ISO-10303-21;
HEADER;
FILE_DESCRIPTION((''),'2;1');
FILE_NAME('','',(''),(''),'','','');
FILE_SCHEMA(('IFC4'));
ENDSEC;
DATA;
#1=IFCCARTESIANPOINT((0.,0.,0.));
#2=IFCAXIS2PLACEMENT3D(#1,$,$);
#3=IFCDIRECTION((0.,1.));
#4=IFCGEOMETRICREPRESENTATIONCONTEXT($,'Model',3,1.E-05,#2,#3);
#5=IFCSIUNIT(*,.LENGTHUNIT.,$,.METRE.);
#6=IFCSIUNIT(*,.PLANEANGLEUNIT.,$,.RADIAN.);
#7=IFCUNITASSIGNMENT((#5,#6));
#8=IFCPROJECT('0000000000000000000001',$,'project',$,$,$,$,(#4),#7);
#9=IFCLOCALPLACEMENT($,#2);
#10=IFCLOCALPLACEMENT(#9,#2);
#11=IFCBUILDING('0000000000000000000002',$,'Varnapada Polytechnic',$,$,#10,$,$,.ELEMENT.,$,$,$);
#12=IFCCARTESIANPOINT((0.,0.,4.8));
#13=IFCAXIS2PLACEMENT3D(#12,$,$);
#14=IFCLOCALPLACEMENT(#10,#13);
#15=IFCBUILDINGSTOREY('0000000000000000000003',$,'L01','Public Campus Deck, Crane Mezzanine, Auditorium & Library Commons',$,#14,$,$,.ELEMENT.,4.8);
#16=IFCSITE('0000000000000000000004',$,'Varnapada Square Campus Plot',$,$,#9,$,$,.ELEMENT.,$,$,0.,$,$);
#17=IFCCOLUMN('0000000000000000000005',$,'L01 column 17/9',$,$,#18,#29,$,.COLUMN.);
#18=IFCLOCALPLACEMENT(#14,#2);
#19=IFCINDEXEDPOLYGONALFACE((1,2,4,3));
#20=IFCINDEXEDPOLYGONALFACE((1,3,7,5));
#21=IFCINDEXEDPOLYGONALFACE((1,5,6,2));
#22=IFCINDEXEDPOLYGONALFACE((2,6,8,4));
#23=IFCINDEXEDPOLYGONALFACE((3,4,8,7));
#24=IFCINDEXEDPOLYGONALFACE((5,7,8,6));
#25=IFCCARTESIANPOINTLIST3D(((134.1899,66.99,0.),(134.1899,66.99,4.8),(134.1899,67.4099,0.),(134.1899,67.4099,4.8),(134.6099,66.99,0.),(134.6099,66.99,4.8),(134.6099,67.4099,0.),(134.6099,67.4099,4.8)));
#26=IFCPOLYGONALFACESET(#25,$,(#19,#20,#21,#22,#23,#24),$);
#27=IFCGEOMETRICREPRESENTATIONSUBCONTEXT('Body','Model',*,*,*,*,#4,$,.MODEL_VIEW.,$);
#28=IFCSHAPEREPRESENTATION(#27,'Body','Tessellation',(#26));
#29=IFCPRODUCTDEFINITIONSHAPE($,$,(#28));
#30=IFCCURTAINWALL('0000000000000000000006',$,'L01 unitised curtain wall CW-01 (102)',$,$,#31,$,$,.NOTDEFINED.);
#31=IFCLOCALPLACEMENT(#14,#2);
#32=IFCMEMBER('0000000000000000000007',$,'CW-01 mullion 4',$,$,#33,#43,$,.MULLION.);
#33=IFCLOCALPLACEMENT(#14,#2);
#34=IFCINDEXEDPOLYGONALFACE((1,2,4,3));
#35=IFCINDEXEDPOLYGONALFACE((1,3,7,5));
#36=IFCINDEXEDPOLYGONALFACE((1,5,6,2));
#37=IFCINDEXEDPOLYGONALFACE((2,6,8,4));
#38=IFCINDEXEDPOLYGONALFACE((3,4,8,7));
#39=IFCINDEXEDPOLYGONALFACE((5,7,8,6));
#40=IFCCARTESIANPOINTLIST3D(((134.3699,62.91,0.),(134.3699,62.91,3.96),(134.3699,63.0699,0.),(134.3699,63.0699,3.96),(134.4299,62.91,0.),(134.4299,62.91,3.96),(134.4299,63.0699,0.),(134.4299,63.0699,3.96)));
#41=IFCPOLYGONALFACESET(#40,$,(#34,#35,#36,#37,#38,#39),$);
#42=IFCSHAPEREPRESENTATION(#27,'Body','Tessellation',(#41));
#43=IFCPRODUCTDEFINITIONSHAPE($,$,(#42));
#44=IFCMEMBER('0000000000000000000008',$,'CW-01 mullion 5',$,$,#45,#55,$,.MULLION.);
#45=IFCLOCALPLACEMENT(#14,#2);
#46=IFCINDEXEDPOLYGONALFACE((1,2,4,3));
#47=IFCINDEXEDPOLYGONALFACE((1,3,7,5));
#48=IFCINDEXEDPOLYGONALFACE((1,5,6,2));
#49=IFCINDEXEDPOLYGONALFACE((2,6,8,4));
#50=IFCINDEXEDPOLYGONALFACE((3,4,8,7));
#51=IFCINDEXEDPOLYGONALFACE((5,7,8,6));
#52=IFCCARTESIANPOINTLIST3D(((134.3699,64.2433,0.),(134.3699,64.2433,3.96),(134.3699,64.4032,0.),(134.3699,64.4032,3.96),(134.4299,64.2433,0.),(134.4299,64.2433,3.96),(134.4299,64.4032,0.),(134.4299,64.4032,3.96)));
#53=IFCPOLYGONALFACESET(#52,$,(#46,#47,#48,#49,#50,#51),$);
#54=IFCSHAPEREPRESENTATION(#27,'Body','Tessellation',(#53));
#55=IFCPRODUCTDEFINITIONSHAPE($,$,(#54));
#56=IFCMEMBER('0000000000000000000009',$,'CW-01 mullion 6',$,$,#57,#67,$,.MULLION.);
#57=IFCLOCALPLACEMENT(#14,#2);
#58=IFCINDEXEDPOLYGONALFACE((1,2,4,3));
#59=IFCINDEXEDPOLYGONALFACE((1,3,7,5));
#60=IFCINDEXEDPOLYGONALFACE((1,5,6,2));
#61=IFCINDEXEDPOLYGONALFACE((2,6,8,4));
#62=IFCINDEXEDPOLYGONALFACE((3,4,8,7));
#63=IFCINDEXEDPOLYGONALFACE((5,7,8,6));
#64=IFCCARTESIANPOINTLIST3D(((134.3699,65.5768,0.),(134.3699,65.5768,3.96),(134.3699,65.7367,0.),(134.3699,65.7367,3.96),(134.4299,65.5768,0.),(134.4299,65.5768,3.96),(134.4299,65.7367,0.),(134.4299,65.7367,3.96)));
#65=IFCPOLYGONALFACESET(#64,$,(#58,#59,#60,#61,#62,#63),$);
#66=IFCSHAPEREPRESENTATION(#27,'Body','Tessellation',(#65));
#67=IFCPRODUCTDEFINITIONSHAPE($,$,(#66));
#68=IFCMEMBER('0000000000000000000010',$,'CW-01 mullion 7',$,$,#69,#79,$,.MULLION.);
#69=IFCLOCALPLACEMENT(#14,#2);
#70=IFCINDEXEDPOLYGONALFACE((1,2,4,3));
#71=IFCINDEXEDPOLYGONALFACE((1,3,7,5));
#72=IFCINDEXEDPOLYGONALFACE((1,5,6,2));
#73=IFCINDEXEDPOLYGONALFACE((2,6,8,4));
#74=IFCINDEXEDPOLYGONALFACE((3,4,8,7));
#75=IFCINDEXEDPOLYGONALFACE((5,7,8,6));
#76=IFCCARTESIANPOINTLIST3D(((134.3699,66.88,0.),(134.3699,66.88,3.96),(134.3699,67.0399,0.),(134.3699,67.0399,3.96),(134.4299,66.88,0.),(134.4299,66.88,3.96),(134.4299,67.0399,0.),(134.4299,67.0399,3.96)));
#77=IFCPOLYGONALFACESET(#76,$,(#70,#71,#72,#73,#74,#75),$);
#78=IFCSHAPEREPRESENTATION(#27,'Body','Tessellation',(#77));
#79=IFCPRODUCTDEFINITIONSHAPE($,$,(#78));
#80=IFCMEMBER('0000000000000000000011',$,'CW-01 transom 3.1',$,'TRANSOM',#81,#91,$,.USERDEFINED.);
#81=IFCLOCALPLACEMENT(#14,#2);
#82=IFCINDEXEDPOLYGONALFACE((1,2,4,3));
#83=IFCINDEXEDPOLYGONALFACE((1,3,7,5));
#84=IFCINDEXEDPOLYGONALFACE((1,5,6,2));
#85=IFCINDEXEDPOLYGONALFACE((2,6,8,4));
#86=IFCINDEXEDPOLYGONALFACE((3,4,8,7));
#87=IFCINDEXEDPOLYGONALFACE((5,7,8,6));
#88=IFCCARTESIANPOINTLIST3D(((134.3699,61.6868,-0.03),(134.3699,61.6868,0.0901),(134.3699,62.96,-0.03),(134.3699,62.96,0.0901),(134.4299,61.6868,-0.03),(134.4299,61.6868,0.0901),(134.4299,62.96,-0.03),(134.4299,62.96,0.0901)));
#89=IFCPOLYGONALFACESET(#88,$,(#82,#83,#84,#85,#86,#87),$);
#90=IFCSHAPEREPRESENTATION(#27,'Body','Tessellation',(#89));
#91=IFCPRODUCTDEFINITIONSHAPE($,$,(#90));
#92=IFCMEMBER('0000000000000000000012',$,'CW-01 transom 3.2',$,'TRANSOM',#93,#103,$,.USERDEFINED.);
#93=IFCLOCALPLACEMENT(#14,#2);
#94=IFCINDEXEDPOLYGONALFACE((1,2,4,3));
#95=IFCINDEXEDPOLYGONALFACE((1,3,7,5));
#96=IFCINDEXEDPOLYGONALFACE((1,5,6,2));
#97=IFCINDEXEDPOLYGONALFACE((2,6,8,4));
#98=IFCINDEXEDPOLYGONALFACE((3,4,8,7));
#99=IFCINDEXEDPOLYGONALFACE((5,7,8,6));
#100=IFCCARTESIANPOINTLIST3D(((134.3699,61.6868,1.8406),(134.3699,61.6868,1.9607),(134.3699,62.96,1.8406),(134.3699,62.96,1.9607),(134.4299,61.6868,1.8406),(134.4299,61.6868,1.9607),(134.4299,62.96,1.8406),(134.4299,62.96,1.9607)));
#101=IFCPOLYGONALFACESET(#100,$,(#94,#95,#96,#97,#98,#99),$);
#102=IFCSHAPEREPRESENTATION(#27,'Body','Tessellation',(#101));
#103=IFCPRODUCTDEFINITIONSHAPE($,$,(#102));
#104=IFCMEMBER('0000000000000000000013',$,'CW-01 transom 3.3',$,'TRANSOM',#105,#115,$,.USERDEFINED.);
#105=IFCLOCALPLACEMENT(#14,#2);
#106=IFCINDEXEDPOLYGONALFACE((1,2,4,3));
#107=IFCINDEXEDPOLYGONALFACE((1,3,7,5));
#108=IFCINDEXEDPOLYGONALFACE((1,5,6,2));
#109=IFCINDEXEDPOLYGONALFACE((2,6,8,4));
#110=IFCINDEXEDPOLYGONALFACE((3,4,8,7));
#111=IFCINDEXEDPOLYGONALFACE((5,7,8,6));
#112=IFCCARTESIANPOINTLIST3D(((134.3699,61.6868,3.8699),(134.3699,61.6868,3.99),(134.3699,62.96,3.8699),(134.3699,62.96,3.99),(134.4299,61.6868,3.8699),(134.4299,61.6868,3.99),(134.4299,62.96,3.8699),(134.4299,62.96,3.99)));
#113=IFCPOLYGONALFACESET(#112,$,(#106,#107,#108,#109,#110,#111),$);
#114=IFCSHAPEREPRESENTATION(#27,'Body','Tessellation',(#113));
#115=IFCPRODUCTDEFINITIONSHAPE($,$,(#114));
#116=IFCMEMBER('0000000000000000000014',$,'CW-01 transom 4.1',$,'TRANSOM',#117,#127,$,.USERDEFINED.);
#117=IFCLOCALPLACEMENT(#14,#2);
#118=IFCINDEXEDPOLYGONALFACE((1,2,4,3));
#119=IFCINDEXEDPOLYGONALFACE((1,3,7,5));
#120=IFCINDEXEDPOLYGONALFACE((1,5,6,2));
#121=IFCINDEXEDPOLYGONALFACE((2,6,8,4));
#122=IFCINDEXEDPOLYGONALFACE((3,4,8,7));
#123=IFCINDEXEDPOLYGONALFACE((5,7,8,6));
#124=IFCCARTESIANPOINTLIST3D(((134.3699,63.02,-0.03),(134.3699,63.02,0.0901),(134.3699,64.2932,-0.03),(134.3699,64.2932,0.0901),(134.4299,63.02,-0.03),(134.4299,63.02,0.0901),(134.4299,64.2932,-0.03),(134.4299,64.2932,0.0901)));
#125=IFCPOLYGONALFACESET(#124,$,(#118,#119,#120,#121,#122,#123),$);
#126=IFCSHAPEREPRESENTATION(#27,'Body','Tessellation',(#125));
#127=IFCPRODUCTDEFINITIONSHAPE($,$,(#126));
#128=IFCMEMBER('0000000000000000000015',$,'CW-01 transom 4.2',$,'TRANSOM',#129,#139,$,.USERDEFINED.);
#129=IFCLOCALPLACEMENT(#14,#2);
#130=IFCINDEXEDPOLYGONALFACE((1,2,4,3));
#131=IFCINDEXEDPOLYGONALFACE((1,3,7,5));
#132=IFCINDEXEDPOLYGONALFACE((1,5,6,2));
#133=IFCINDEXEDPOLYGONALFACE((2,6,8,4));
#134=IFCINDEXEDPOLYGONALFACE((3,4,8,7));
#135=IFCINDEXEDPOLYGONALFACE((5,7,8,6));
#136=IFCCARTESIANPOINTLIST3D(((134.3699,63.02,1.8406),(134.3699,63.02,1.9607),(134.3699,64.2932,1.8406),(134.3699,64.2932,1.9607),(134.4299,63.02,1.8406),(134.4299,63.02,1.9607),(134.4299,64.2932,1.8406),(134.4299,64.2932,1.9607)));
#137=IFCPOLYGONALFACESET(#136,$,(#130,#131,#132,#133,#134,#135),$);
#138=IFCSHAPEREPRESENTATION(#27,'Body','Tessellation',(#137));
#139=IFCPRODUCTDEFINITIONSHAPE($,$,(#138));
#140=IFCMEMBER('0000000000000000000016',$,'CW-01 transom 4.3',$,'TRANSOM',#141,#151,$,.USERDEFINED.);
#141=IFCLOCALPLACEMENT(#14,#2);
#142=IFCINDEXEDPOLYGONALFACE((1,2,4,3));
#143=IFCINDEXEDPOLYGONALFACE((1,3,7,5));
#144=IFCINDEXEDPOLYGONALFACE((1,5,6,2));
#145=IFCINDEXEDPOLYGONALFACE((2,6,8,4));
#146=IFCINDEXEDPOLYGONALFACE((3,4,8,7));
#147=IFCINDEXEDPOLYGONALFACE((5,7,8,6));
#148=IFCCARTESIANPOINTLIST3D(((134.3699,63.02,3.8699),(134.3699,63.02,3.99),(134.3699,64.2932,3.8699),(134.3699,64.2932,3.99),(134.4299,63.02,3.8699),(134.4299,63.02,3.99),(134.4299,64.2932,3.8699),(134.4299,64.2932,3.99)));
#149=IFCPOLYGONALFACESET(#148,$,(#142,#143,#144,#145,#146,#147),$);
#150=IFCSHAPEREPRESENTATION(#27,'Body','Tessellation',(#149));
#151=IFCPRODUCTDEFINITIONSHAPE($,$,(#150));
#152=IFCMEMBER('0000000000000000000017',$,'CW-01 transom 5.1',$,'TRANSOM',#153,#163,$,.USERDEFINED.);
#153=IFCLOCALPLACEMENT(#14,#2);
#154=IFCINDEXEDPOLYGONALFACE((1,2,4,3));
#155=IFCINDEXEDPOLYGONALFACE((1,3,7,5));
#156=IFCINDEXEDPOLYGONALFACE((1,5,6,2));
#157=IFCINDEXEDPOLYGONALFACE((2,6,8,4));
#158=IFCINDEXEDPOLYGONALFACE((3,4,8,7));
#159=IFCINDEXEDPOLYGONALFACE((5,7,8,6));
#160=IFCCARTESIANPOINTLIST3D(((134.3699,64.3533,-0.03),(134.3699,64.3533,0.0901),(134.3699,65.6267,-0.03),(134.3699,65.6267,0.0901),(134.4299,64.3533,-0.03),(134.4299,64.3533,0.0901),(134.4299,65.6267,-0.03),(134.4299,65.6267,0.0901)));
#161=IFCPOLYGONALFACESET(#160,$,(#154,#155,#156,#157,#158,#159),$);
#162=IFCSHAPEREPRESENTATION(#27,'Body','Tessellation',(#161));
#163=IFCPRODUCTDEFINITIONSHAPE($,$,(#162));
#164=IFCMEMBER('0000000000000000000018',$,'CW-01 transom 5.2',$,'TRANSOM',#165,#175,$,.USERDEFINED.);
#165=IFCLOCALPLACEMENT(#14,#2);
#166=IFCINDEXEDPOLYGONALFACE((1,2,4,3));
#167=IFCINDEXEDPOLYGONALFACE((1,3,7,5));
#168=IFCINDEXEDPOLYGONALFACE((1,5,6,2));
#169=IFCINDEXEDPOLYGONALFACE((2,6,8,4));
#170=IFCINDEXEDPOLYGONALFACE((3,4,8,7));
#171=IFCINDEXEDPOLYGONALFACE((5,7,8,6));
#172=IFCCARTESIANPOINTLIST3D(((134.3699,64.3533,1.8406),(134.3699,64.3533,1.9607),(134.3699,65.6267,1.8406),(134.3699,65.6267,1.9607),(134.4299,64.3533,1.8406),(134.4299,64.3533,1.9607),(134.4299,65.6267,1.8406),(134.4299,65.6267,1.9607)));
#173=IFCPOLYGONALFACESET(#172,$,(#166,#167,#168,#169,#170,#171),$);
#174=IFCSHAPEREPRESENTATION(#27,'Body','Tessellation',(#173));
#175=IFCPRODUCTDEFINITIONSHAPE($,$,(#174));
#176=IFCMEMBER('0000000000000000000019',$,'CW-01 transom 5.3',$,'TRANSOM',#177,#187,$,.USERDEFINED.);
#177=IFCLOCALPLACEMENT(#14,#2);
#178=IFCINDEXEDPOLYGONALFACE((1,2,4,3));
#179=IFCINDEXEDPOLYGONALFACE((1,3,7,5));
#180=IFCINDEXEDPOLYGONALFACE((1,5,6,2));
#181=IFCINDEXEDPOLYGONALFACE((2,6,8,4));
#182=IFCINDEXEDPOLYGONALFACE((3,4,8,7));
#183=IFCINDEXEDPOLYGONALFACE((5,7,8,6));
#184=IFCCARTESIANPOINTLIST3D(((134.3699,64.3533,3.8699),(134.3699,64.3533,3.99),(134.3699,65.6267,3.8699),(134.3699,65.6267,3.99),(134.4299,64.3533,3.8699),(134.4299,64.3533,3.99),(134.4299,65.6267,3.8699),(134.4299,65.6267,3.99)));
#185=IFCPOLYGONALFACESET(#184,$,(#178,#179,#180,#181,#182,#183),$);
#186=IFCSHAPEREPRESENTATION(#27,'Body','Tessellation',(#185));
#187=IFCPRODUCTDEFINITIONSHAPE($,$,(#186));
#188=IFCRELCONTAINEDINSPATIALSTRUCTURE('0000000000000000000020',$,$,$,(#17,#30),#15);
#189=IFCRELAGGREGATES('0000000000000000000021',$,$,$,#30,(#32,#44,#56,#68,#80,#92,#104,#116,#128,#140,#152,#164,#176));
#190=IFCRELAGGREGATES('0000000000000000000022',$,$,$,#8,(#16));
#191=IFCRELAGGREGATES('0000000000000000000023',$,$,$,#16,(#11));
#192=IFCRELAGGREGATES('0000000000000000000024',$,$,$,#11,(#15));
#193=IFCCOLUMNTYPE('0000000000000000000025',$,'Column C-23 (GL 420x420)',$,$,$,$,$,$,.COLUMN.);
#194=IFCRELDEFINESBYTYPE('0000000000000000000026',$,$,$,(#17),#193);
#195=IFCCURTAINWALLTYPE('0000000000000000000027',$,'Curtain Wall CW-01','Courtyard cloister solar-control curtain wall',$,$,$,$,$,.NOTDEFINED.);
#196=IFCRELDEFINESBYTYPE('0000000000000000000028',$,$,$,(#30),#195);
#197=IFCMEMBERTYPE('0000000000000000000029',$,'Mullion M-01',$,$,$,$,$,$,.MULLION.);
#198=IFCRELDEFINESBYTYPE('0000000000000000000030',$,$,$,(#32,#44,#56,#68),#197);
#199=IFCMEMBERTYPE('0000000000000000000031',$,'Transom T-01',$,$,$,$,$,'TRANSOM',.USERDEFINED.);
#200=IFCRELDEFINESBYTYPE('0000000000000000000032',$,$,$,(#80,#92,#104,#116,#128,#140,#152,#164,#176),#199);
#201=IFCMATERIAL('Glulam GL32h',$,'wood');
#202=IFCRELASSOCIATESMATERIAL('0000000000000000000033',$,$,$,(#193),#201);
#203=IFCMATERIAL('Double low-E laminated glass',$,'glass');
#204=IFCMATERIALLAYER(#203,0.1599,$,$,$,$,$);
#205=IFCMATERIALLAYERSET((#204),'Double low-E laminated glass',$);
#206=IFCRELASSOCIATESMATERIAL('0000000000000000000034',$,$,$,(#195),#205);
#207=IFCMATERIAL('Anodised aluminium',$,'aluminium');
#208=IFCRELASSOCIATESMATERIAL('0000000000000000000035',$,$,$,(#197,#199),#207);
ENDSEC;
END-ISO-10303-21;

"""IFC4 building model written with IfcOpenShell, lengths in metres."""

from ifc_helpers import new_model, si_unit, direction, frame, origin, origin_2d, place, context, subcontext, project, spatial, rectangle, extrude, material, layer, layer_set, material_profile, profile_set, type_object, element, aggregate, save


model = new_model("IFC4")

# Units and contexts
model_context = context("Model", 3, precision=1e-05, world=origin(), true_north=direction((0.0, 1.0)))
body_context = subcontext(model_context, "Body", "Model", "MODEL_VIEW")
ifc_project = project(units=[si_unit("LENGTHUNIT", "METRE"), si_unit("PLANEANGLEUNIT", "RADIAN")], contexts=[model_context])

# Site, building, storey
site_placement = place(None, origin())
site = spatial("IfcSite", under=ifc_project, at=site_placement, Name="Varnapada Square Campus Plot", CompositionType="ELEMENT", RefElevation=0.0)
building_placement = place(site_placement, origin())
building = spatial("IfcBuilding", under=site, at=building_placement, Name="Varnapada Polytechnic", CompositionType="ELEMENT")
storey_placement = place(building_placement, frame((0.0, 0.0, 4.8)))
storey = spatial("IfcBuildingStorey", under=building, at=storey_placement, Name="L01", Description="Public Campus Deck, Crane Mezzanine, Auditorium & Library Commons", CompositionType="ELEMENT", Elevation=4.8)

# Column
ifc_material_1 = material(Name="Glulam GL32h", Category="wood")
ifc_material_profile_1 = material_profile(ifc_material_1, rectangle(XDim=0.4199, YDim=0.4199, at=origin_2d()), Name="GL 420x420")
ifc_profile_set_1 = profile_set([ifc_material_profile_1], Name="Glulam GL32h")
column_type = type_object("IfcColumnType", Name="Column C-23 (GL 420x420)", PredefinedType="COLUMN", material=ifc_profile_set_1)
column_placement = place(storey_placement, frame((134.3999, 67.2, 0.0), z_axis=(0.0, 0.0, 1.0), x_axis=(1.0, 0.0, 0.0)))
element("IfcColumn", 1, at=column_placement, inside=storey, type_object=column_type, Name="L01 column 17/9", PredefinedType="COLUMN", context=body_context, shape_type="SweptSolid", body=[
    extrude(rectangle(XDim=0.4199, YDim=0.4199, at=origin_2d()), origin(), (0.0, 0.0, 1.0), 4.8),
])

# Curtain wall, members
ifc_material_2 = material(Name="Double low-E laminated glass", Category="glass")
ifc_layer_1 = layer(ifc_material_2, 0.1599)
ifc_layer_set_1 = layer_set([ifc_layer_1], Name="Double low-E laminated glass")
curtain_wall_type = type_object("IfcCurtainWallType", Name="Curtain Wall CW-01", Description="Courtyard cloister solar-control curtain wall", PredefinedType="NOTDEFINED", material=ifc_layer_set_1)
curtain_wall_placement = place(storey_placement, origin())
curtain_wall = element("IfcCurtainWall", 2, at=curtain_wall_placement, inside=storey, type_object=curtain_wall_type, Name="L01 unitised curtain wall CW-01 (102)", PredefinedType="NOTDEFINED")
ifc_material_3 = material(Name="Anodised aluminium", Category="aluminium")
ifc_material_profile_2 = material_profile(ifc_material_3, rectangle(XDim=0.0601, YDim=0.1599, at=origin_2d()), Name="ALU M60x160")
ifc_profile_set_2 = profile_set([ifc_material_profile_2], Name="Anodised aluminium")
member_type_1 = type_object("IfcMemberType", Name="Mullion M-01", PredefinedType="MULLION", material=ifc_profile_set_2)
member_1_placement = place(storey_placement, frame((134.3999, 62.99, 0.0), z_axis=(0.0, 0.0, 1.0), x_axis=(-1.0, 0.0, 0.0)))
member_1 = element("IfcMember", 3, at=member_1_placement, type_object=member_type_1, Name="CW-01 mullion 4", PredefinedType="MULLION", context=body_context, shape_type="SweptSolid", body=[
    extrude(rectangle(XDim=0.0601, YDim=0.1599, at=origin_2d()), origin(), (0.0, 0.0, 1.0), 3.96),
])
member_2_placement = place(storey_placement, frame((134.3999, 64.3232, 0.0), z_axis=(0.0, 0.0, 1.0), x_axis=(-1.0, 0.0, 0.0)))
member_2 = element("IfcMember", 4, at=member_2_placement, type_object=member_type_1, Name="CW-01 mullion 5", PredefinedType="MULLION", context=body_context, shape_type="SweptSolid", body=[
    extrude(rectangle(XDim=0.0601, YDim=0.1599, at=origin_2d()), origin(), (0.0, 0.0, 1.0), 3.96),
])
member_3_placement = place(storey_placement, frame((134.3999, 65.6567, 0.0), z_axis=(0.0, 0.0, 1.0), x_axis=(-1.0, 0.0, 0.0)))
member_3 = element("IfcMember", 5, at=member_3_placement, type_object=member_type_1, Name="CW-01 mullion 6", PredefinedType="MULLION", context=body_context, shape_type="SweptSolid", body=[
    extrude(rectangle(XDim=0.0601, YDim=0.1599, at=origin_2d()), origin(), (0.0, 0.0, 1.0), 3.96),
])
member_4_placement = place(storey_placement, frame((134.3999, 66.96, 0.0), z_axis=(0.0, 0.0, 1.0), x_axis=(-1.0, 0.0, 0.0)))
member_4 = element("IfcMember", 6, at=member_4_placement, type_object=member_type_1, Name="CW-01 mullion 7", PredefinedType="MULLION", context=body_context, shape_type="SweptSolid", body=[
    extrude(rectangle(XDim=0.0601, YDim=0.1599, at=origin_2d()), origin(), (0.0, 0.0, 1.0), 3.96),
])
ifc_material_profile_3 = material_profile(ifc_material_3, rectangle(XDim=0.0601, YDim=0.1201, at=origin_2d()), Name="ALU T60x120")
ifc_profile_set_3 = profile_set([ifc_material_profile_3], Name="Anodised aluminium")
member_type_2 = type_object("IfcMemberType", Name="Transom T-01", ElementType="TRANSOM", PredefinedType="USERDEFINED", material=ifc_profile_set_3)
member_5_placement = place(storey_placement, frame((134.3999, 61.6868, 0.03), z_axis=(0.0, 1.0, 0.0), x_axis=(-1.0, 0.0, 0.0)))
member_5 = element("IfcMember", 7, at=member_5_placement, type_object=member_type_2, Name="CW-01 transom 3.1", ObjectType="TRANSOM", PredefinedType="USERDEFINED", context=body_context, shape_type="SweptSolid", body=[
    extrude(rectangle(XDim=0.0601, YDim=0.1201, at=origin_2d()), origin(), (0.0, 0.0, 1.0), 1.2732),
])
member_6_placement = place(storey_placement, frame((134.3999, 61.6868, 1.9006), z_axis=(0.0, 1.0, 0.0), x_axis=(-1.0, 0.0, 0.0)))
member_6 = element("IfcMember", 8, at=member_6_placement, type_object=member_type_2, Name="CW-01 transom 3.2", ObjectType="TRANSOM", PredefinedType="USERDEFINED", context=body_context, shape_type="SweptSolid", body=[
    extrude(rectangle(XDim=0.0601, YDim=0.1201, at=origin_2d()), origin(), (0.0, 0.0, 1.0), 1.2732),
])
member_7_placement = place(storey_placement, frame((134.3999, 61.6868, 3.9299), z_axis=(0.0, 1.0, 0.0), x_axis=(-1.0, 0.0, 0.0)))
member_7 = element("IfcMember", 9, at=member_7_placement, type_object=member_type_2, Name="CW-01 transom 3.3", ObjectType="TRANSOM", PredefinedType="USERDEFINED", context=body_context, shape_type="SweptSolid", body=[
    extrude(rectangle(XDim=0.0601, YDim=0.1201, at=origin_2d()), origin(), (0.0, 0.0, 1.0), 1.2732),
])
member_8_placement = place(storey_placement, frame((134.3999, 63.02, 0.03), z_axis=(0.0, 1.0, 0.0), x_axis=(-1.0, 0.0, 0.0)))
member_8 = element("IfcMember", 10, at=member_8_placement, type_object=member_type_2, Name="CW-01 transom 4.1", ObjectType="TRANSOM", PredefinedType="USERDEFINED", context=body_context, shape_type="SweptSolid", body=[
    extrude(rectangle(XDim=0.0601, YDim=0.1201, at=origin_2d()), origin(), (0.0, 0.0, 1.0), 1.2732),
])
member_9_placement = place(storey_placement, frame((134.3999, 63.02, 1.9006), z_axis=(0.0, 1.0, 0.0), x_axis=(-1.0, 0.0, 0.0)))
member_9 = element("IfcMember", 11, at=member_9_placement, type_object=member_type_2, Name="CW-01 transom 4.2", ObjectType="TRANSOM", PredefinedType="USERDEFINED", context=body_context, shape_type="SweptSolid", body=[
    extrude(rectangle(XDim=0.0601, YDim=0.1201, at=origin_2d()), origin(), (0.0, 0.0, 1.0), 1.2732),
])
member_10_placement = place(storey_placement, frame((134.3999, 63.02, 3.9299), z_axis=(0.0, 1.0, 0.0), x_axis=(-1.0, 0.0, 0.0)))
member_10 = element("IfcMember", 12, at=member_10_placement, type_object=member_type_2, Name="CW-01 transom 4.3", ObjectType="TRANSOM", PredefinedType="USERDEFINED", context=body_context, shape_type="SweptSolid", body=[
    extrude(rectangle(XDim=0.0601, YDim=0.1201, at=origin_2d()), origin(), (0.0, 0.0, 1.0), 1.2732),
])
member_11_placement = place(storey_placement, frame((134.3999, 64.3533, 0.03), z_axis=(0.0, 1.0, 0.0), x_axis=(-1.0, 0.0, 0.0)))
member_11 = element("IfcMember", 13, at=member_11_placement, type_object=member_type_2, Name="CW-01 transom 5.1", ObjectType="TRANSOM", PredefinedType="USERDEFINED", context=body_context, shape_type="SweptSolid", body=[
    extrude(rectangle(XDim=0.0601, YDim=0.1201, at=origin_2d()), origin(), (0.0, 0.0, 1.0), 1.2734),
])
member_12_placement = place(storey_placement, frame((134.3999, 64.3533, 1.9006), z_axis=(0.0, 1.0, 0.0), x_axis=(-1.0, 0.0, 0.0)))
member_12 = element("IfcMember", 14, at=member_12_placement, type_object=member_type_2, Name="CW-01 transom 5.2", ObjectType="TRANSOM", PredefinedType="USERDEFINED", context=body_context, shape_type="SweptSolid", body=[
    extrude(rectangle(XDim=0.0601, YDim=0.1201, at=origin_2d()), origin(), (0.0, 0.0, 1.0), 1.2734),
])
member_13_placement = place(storey_placement, frame((134.3999, 64.3533, 3.9299), z_axis=(0.0, 1.0, 0.0), x_axis=(-1.0, 0.0, 0.0)))
member_13 = element("IfcMember", 15, at=member_13_placement, type_object=member_type_2, Name="CW-01 transom 5.3", ObjectType="TRANSOM", PredefinedType="USERDEFINED", context=body_context, shape_type="SweptSolid", body=[
    extrude(rectangle(XDim=0.0601, YDim=0.1201, at=origin_2d()), origin(), (0.0, 0.0, 1.0), 1.2734),
])

aggregate(curtain_wall, [member_1, member_2, member_3, member_4, member_5, member_6, member_7, member_8, member_9, member_10, member_11, member_12, member_13])

save(model, "model.ifc")
